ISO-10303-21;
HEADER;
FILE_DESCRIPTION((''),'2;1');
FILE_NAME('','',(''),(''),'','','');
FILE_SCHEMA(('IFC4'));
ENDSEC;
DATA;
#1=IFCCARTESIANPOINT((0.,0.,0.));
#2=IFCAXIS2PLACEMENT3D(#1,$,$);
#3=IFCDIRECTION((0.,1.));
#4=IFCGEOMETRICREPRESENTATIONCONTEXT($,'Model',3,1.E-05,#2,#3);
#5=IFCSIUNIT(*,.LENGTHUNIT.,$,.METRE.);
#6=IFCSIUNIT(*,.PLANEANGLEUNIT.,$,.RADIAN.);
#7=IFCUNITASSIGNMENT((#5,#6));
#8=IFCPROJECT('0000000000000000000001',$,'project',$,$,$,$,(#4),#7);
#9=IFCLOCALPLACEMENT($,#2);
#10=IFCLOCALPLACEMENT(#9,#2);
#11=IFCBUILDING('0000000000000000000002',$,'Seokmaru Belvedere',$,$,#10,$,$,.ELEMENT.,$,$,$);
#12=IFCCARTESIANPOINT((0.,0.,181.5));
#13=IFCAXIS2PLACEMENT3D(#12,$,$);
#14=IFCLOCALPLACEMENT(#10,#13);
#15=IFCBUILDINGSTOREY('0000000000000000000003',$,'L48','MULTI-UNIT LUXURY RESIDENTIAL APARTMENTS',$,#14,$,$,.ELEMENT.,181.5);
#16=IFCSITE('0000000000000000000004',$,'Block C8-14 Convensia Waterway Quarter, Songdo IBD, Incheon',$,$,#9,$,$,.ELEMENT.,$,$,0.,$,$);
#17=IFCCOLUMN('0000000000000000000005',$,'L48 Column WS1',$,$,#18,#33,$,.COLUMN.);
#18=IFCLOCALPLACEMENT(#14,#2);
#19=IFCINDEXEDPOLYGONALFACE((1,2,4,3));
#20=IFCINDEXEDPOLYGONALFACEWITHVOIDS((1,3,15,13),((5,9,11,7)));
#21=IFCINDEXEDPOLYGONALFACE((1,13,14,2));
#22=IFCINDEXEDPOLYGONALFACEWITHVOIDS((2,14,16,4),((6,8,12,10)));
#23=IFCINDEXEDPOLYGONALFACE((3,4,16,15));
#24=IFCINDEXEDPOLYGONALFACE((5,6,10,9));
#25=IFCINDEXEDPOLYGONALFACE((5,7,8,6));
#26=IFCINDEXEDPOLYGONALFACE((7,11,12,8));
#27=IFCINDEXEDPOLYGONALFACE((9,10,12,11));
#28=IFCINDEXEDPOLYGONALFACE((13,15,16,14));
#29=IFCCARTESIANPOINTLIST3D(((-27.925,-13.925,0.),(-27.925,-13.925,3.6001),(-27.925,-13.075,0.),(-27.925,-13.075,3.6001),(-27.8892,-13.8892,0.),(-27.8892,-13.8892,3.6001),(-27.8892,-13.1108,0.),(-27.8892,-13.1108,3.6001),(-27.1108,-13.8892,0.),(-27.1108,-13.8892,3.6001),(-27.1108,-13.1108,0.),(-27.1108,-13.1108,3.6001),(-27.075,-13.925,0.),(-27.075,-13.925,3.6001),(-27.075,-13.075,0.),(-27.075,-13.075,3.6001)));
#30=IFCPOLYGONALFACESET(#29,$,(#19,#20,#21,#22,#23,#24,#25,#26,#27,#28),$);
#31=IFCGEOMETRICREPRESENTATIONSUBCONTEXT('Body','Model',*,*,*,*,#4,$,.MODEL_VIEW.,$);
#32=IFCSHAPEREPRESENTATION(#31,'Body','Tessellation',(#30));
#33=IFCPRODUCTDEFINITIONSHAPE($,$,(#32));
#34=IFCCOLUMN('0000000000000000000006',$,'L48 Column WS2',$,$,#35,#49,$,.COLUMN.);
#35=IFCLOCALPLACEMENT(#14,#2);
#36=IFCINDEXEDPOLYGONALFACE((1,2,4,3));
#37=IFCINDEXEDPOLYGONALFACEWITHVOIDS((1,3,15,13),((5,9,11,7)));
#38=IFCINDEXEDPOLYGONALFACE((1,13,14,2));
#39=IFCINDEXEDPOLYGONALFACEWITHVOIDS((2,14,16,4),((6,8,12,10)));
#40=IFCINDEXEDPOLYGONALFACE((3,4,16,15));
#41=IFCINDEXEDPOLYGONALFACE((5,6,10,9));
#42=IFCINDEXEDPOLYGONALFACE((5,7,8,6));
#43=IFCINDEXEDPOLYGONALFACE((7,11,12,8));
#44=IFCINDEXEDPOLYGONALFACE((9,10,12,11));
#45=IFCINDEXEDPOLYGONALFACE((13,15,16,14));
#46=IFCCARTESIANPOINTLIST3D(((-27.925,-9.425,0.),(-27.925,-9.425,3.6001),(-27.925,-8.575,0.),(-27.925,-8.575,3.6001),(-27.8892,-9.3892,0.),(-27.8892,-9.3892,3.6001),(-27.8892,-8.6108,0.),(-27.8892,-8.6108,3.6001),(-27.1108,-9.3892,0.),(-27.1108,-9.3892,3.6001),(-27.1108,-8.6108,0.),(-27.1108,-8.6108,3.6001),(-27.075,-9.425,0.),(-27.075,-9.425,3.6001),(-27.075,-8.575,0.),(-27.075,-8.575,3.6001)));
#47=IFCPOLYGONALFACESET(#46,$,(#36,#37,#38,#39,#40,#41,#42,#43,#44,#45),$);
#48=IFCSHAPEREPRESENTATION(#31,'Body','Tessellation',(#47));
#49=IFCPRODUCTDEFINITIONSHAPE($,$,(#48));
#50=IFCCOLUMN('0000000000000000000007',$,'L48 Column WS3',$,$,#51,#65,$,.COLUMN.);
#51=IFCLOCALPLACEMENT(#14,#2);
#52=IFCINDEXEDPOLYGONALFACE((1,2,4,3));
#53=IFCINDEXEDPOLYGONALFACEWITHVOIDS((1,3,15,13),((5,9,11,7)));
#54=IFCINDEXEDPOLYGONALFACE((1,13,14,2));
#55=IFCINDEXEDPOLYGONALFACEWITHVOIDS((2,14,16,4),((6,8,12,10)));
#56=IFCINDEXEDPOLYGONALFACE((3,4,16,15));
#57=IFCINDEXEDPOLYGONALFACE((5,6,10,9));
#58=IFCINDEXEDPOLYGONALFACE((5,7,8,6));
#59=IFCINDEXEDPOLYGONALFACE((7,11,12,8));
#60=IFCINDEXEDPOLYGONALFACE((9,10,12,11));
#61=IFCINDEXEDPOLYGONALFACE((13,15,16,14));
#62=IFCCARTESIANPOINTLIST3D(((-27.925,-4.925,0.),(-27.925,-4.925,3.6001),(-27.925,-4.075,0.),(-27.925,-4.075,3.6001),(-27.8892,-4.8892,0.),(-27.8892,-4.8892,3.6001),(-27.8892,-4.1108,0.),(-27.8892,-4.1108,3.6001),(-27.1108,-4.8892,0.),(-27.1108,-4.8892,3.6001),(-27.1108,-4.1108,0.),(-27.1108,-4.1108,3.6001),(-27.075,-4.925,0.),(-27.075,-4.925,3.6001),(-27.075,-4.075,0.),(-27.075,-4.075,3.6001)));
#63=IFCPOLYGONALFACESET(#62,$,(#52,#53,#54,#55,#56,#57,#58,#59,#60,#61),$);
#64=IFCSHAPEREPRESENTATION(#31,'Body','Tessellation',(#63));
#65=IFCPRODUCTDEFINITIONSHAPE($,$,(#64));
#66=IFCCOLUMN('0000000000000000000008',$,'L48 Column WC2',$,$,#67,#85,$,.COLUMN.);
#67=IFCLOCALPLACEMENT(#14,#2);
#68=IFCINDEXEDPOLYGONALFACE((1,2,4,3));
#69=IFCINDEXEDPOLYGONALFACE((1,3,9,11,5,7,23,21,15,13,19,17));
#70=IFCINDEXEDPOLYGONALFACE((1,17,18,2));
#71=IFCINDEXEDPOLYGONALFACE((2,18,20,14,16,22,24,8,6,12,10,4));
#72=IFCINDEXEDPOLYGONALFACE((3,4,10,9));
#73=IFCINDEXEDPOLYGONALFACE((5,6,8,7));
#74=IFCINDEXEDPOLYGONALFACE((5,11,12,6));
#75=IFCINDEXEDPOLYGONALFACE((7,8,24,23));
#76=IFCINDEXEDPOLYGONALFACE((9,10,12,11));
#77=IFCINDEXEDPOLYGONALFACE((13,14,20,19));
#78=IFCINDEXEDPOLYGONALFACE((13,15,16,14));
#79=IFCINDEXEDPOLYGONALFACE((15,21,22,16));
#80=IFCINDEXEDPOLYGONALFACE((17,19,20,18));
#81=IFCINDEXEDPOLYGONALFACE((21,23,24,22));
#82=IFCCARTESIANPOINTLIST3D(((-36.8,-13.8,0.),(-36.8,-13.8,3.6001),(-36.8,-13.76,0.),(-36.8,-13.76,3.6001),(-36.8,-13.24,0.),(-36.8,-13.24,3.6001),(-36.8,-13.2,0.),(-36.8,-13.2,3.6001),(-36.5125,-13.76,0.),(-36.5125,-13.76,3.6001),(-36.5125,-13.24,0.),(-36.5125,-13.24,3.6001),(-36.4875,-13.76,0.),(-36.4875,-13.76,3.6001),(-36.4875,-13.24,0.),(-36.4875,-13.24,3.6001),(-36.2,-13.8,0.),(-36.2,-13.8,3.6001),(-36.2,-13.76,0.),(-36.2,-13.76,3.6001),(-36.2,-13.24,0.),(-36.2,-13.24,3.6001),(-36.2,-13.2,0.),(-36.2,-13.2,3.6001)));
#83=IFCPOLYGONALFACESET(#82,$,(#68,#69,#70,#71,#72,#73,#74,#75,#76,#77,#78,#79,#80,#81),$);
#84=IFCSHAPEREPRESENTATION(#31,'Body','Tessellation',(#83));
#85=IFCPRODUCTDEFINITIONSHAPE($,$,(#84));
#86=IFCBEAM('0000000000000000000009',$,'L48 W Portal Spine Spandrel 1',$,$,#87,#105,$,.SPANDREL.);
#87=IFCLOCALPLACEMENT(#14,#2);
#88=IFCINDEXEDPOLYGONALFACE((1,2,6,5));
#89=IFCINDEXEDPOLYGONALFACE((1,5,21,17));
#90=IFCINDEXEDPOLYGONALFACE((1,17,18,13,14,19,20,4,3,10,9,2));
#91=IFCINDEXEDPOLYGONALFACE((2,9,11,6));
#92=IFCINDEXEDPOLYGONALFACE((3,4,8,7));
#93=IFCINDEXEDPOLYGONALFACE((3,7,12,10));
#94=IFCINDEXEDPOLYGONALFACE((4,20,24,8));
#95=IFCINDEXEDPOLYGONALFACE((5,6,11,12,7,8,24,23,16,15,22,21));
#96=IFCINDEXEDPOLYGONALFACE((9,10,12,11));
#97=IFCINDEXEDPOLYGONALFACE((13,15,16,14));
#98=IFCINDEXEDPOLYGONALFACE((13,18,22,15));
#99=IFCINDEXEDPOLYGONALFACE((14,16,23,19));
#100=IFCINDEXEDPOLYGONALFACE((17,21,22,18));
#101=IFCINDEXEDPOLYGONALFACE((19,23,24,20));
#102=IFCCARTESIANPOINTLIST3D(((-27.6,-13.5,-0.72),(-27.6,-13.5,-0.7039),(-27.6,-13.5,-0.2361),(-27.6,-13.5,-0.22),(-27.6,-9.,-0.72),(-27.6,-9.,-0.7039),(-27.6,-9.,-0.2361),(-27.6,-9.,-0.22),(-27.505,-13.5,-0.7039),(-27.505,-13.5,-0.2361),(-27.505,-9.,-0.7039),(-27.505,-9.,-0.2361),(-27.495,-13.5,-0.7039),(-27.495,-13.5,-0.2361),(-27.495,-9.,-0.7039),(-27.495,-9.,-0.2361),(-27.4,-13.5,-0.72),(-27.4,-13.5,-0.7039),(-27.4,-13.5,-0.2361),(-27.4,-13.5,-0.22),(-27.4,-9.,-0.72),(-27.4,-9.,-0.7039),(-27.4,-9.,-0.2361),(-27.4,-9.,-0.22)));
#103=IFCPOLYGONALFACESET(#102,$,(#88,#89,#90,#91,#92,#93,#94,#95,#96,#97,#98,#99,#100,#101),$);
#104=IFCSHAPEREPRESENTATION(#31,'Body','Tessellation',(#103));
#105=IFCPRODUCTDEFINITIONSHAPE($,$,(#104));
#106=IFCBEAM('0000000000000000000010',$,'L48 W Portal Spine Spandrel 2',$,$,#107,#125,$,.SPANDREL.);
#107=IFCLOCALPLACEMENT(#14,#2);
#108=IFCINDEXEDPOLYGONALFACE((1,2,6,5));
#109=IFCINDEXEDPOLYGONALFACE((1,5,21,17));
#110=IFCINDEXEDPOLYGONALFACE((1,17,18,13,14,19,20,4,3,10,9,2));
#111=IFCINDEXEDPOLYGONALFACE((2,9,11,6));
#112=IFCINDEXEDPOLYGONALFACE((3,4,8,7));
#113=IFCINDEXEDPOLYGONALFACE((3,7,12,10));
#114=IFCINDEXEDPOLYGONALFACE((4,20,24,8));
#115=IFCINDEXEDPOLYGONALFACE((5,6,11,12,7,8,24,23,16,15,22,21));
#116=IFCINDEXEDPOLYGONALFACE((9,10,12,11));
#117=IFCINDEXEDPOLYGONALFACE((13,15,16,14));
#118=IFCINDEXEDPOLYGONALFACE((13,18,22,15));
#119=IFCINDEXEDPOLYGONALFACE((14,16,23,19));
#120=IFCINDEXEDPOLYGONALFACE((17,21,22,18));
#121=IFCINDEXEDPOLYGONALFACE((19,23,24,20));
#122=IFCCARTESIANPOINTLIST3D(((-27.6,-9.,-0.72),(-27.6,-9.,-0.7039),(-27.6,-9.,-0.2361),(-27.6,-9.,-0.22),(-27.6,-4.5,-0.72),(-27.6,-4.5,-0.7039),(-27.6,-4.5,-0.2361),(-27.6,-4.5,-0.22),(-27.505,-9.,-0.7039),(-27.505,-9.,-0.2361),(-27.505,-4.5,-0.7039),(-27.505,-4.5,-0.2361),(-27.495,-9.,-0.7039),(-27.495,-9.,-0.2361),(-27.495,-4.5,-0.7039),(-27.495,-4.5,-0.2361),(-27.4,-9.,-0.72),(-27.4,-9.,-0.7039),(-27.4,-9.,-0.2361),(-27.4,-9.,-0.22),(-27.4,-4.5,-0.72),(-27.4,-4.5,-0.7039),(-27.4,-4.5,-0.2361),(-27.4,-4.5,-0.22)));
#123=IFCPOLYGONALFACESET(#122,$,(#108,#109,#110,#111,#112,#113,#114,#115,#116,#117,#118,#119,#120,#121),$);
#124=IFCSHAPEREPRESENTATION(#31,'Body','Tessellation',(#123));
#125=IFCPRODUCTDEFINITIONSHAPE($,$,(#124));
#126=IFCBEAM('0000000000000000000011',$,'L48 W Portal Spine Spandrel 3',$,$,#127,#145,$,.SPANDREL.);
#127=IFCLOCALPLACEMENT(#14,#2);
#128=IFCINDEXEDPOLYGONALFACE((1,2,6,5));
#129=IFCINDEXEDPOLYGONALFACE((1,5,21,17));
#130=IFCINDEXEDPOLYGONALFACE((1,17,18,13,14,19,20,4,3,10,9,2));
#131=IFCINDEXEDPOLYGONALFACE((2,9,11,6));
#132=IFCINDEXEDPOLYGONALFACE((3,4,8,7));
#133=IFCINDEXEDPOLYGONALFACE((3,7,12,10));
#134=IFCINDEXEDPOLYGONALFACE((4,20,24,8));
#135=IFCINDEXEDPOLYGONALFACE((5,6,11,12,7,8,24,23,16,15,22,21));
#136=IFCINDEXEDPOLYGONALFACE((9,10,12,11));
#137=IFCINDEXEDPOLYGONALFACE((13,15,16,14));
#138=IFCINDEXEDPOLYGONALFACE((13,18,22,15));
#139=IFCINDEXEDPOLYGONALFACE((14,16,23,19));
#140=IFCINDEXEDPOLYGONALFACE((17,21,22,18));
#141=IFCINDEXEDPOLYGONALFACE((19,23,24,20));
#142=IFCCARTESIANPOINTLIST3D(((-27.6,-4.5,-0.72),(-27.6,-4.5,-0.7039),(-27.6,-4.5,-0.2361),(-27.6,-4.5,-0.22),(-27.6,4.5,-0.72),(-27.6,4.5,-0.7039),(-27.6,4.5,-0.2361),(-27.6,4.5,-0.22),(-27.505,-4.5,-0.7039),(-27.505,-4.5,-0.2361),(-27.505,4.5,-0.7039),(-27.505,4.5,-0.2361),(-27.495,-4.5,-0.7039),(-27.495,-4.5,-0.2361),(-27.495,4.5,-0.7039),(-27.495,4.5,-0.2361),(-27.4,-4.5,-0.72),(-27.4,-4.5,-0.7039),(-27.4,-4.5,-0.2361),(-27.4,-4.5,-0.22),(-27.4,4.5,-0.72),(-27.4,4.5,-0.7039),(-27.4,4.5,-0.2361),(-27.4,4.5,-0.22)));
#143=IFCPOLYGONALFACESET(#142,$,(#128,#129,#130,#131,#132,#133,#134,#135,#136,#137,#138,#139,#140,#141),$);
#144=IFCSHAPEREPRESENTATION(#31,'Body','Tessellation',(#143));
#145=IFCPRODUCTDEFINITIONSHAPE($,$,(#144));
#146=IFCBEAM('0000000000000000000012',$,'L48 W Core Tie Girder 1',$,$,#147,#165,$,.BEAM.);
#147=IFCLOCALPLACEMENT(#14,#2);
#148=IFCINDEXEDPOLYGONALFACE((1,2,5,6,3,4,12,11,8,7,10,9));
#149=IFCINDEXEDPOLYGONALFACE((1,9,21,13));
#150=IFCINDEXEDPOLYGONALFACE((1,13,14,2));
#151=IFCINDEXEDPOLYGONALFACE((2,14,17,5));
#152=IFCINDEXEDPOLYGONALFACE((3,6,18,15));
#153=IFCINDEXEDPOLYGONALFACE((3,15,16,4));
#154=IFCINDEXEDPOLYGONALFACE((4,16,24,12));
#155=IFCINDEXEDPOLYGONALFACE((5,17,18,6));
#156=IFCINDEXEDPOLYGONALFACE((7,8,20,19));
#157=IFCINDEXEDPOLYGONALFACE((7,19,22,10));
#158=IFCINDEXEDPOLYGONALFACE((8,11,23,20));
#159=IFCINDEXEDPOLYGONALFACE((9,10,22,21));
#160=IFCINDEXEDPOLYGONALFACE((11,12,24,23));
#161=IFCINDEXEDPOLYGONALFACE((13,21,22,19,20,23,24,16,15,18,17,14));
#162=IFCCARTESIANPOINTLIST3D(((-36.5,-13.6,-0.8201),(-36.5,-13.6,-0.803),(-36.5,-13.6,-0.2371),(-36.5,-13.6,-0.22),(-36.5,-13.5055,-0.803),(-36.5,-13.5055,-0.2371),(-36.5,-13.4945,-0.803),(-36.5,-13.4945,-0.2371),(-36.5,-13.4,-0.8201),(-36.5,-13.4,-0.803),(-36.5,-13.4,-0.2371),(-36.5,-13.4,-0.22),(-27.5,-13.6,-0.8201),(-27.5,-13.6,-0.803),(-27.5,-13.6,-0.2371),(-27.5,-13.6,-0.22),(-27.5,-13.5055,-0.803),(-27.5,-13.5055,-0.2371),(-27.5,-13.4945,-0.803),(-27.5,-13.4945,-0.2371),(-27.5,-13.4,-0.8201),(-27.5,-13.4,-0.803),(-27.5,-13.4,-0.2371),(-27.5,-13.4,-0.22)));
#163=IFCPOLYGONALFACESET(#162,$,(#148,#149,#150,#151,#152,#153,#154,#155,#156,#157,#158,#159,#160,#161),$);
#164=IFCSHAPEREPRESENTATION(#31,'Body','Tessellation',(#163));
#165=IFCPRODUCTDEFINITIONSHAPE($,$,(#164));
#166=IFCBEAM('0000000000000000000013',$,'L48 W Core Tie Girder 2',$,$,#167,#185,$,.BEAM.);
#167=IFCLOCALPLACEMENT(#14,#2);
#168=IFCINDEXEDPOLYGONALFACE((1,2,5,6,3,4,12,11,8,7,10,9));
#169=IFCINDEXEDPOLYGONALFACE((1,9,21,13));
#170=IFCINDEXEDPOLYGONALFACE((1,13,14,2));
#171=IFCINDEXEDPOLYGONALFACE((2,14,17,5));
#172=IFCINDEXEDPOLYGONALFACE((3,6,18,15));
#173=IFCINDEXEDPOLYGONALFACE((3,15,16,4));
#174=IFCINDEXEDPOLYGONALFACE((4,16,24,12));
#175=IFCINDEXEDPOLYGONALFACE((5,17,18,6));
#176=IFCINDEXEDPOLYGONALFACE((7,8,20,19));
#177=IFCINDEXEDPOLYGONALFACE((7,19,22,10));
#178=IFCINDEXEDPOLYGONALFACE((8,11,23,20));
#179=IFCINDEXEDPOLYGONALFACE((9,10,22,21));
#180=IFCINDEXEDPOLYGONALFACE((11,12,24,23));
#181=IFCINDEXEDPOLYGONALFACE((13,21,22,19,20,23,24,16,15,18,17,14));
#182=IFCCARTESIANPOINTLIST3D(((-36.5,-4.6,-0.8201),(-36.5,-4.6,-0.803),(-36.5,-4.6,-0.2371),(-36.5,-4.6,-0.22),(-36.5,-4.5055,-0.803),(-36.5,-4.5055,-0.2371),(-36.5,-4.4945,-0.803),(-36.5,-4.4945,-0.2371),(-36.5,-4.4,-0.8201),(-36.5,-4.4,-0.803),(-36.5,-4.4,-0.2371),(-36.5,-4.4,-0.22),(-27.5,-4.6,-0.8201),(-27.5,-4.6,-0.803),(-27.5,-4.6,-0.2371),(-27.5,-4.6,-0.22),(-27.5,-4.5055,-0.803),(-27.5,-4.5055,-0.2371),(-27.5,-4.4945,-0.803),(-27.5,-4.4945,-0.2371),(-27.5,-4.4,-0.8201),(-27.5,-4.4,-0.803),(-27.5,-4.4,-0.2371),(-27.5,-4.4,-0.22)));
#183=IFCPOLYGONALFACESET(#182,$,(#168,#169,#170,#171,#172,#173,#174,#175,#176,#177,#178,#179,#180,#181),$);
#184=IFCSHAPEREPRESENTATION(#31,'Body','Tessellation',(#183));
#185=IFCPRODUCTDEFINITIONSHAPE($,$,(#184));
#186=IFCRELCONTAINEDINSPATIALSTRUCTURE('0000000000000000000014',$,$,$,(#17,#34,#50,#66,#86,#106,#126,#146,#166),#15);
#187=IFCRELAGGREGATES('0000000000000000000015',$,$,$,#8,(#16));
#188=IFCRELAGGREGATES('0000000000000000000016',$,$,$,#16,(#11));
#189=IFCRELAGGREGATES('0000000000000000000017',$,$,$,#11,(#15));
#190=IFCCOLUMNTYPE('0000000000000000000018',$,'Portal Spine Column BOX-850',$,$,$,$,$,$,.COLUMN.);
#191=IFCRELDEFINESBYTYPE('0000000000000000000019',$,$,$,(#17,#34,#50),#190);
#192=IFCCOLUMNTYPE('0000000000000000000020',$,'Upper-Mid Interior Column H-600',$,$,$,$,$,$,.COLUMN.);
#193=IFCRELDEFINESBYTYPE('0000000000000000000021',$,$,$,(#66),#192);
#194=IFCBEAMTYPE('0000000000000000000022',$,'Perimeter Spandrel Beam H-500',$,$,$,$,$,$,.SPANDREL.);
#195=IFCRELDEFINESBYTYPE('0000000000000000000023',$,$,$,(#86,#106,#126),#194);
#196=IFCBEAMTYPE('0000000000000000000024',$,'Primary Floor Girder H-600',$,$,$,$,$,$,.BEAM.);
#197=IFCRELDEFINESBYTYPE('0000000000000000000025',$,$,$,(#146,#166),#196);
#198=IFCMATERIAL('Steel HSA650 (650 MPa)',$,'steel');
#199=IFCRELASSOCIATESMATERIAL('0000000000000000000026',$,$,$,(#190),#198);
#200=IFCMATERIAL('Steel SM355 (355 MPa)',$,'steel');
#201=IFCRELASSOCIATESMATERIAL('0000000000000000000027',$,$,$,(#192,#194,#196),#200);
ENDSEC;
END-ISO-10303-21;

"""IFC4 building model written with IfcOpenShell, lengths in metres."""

from ifc_helpers import new_model, si_unit, direction, frame, origin, origin_2d, place, context, subcontext, project, spatial, hollow_rectangle, i_section, extrude, source, transform, mapped, material, material_profile, profile_set, type_object, type_shapes, element, save


model = new_model("IFC4")

# Units and contexts
model_context = context("Model", 3, precision=1e-05, world=origin(), true_north=direction((0.0, 1.0)))
body_context = subcontext(model_context, "Body", "Model", "MODEL_VIEW")
ifc_project = project(units=[si_unit("LENGTHUNIT", "METRE"), si_unit("PLANEANGLEUNIT", "RADIAN")], contexts=[model_context])

# Site, building, storey
site_placement = place(None, origin())
site = spatial("IfcSite", under=ifc_project, at=site_placement, Name="Block C8-14 Convensia Waterway Quarter, Songdo IBD, Incheon", CompositionType="ELEMENT", RefElevation=0.0)
building_placement = place(site_placement, origin())
building = spatial("IfcBuilding", under=site, at=building_placement, Name="Seokmaru Belvedere", CompositionType="ELEMENT")
storey_placement = place(building_placement, frame((0.0, 0.0, 181.5)))
storey = spatial("IfcBuildingStorey", under=building, at=storey_placement, Name="L48", Description="MULTI-UNIT LUXURY RESIDENTIAL APARTMENTS", CompositionType="ELEMENT", Elevation=181.5)

# Columns
ifc_material_1 = material(Name="Steel HSA650 (650 MPa)", Category="steel")
ifc_material_profile_1 = material_profile(ifc_material_1, hollow_rectangle(XDim=0.8501, YDim=0.8501, WallThickness=0.0359, at=origin_2d()), Name="BOX-850x850x36")
ifc_profile_set_1 = profile_set([ifc_material_profile_1], Name="Steel HSA650 (650 MPa)")
column_type_1 = type_object("IfcColumnType", Name="Portal Spine Column BOX-850", PredefinedType="COLUMN", material=ifc_profile_set_1)
shared_shape_1 = source(origin(), body_context, "Body", "SweptSolid", [
    extrude(hollow_rectangle(XDim=0.8501, YDim=0.8501, WallThickness=0.0359, at=origin_2d()), origin(), (0.0, 0.0, 1.0), 3.6001),
])
type_shapes(column_type_1, [shared_shape_1])
for number, where, z_axis, x_axis, name in (
    (1, (-27.5, -13.5, 0.0), (0.0, 0.0, 1.0), (1.0, 0.0, 0.0), "L48 Column WS1"),
    (2, (-27.5, -9.0, 0.0), (0.0, 0.0, 1.0), (1.0, 0.0, 0.0), "L48 Column WS2"),
    (3, (-27.5, -4.5, 0.0), (0.0, 0.0, 1.0), (1.0, 0.0, 0.0), "L48 Column WS3"),
):
    element("IfcColumn", number, at=place(storey_placement, frame(where, z_axis=z_axis, x_axis=x_axis)), inside=storey, type_object=column_type_1, Name=name, PredefinedType="COLUMN", context=body_context, shape_type="MappedRepresentation", body=[
        mapped(shared_shape_1, transform((0.0, 0.0, 0.0), scale=1.0)),
    ])
ifc_material_2 = material(Name="Steel SM355 (355 MPa)", Category="steel")
ifc_material_profile_2 = material_profile(ifc_material_2, i_section(OverallWidth=0.6001, OverallDepth=0.6001, WebThickness=0.0249, FlangeThickness=0.04, at=origin_2d()), Name="H-600x600x25x40")
ifc_profile_set_2 = profile_set([ifc_material_profile_2], Name="Steel SM355 (355 MPa)")
column_type_2 = type_object("IfcColumnType", Name="Upper-Mid Interior Column H-600", PredefinedType="COLUMN", material=ifc_profile_set_2)
shared_shape_2 = source(origin(), body_context, "Body", "SweptSolid", [
    extrude(i_section(OverallWidth=0.6001, OverallDepth=0.6001, WebThickness=0.0249, FlangeThickness=0.04, at=origin_2d()), origin(), (0.0, 0.0, 1.0), 3.6001),
])
type_shapes(column_type_2, [shared_shape_2])
column_placement = place(storey_placement, frame((-36.5, -13.5, 0.0), z_axis=(0.0, 0.0, 1.0), x_axis=(1.0, 0.0, 0.0)))
element("IfcColumn", 4, at=column_placement, inside=storey, type_object=column_type_2, Name="L48 Column WC2", PredefinedType="COLUMN", context=body_context, shape_type="MappedRepresentation", body=[
    mapped(shared_shape_2, transform((0.0, 0.0, 0.0), scale=1.0)),
])

# Beams
ifc_material_profile_3 = material_profile(ifc_material_2, i_section(OverallWidth=0.2, OverallDepth=0.5, WebThickness=0.01, FlangeThickness=0.0161, at=origin_2d()), Name="H-500x200x10x16")
ifc_profile_set_3 = profile_set([ifc_material_profile_3], Name="Steel SM355 (355 MPa)")
beam_type_1 = type_object("IfcBeamType", Name="Perimeter Spandrel Beam H-500", PredefinedType="SPANDREL", material=ifc_profile_set_3)
shared_shape_3 = source(origin(), body_context, "Body", "SweptSolid", [
    extrude(i_section(OverallWidth=0.2, OverallDepth=0.5, WebThickness=0.01, FlangeThickness=0.0161, at=origin_2d()), origin(), (0.0, 0.0, 1.0), 4.5),
])
for number, where, z_axis, x_axis, name in (
    (5, (-27.5, -13.5, -0.47), (0.0, 1.0, 0.0), (-1.0, 0.0, 0.0), "L48 W Portal Spine Spandrel 1"),
    (6, (-27.5, -9.0, -0.47), (0.0, 1.0, 0.0), (-1.0, 0.0, 0.0), "L48 W Portal Spine Spandrel 2"),
):
    element("IfcBeam", number, at=place(storey_placement, frame(where, z_axis=z_axis, x_axis=x_axis)), inside=storey, type_object=beam_type_1, Name=name, PredefinedType="SPANDREL", context=body_context, shape_type="MappedRepresentation", body=[
        mapped(shared_shape_3, transform((0.0, 0.0, 0.0), scale=1.0)),
    ])
shared_shape_4 = source(origin(), body_context, "Body", "SweptSolid", [
    extrude(i_section(OverallWidth=0.2, OverallDepth=0.5, WebThickness=0.01, FlangeThickness=0.0161, at=origin_2d()), origin(), (0.0, 0.0, 1.0), 9.0),
])
type_shapes(beam_type_1, [shared_shape_3, shared_shape_4])
beam_1_placement = place(storey_placement, frame((-27.5, -4.5, -0.47), z_axis=(0.0, 1.0, 0.0), x_axis=(-1.0, 0.0, 0.0)))
element("IfcBeam", 7, at=beam_1_placement, inside=storey, type_object=beam_type_1, Name="L48 W Portal Spine Spandrel 3", PredefinedType="SPANDREL", context=body_context, shape_type="MappedRepresentation", body=[
    mapped(shared_shape_4, transform((0.0, 0.0, 0.0), scale=1.0)),
])
ifc_material_profile_4 = material_profile(ifc_material_2, i_section(OverallWidth=0.2, OverallDepth=0.6001, WebThickness=0.011, FlangeThickness=0.0171, at=origin_2d()), Name="H-600x200x11x17")
ifc_profile_set_4 = profile_set([ifc_material_profile_4], Name="Steel SM355 (355 MPa)")
beam_type_2 = type_object("IfcBeamType", Name="Primary Floor Girder H-600", PredefinedType="BEAM", material=ifc_profile_set_4)
shared_shape_5 = source(origin(), body_context, "Body", "SweptSolid", [
    extrude(i_section(OverallWidth=0.2, OverallDepth=0.6001, WebThickness=0.011, FlangeThickness=0.0171, at=origin_2d()), origin(), (0.0, 0.0, 1.0), 9.0),
])
type_shapes(beam_type_2, [shared_shape_5])
for number, where, z_axis, x_axis, name in (
    (8, (-36.5, -13.5, -0.52), (1.0, 0.0, 0.0), (0.0, 1.0, 0.0), "L48 W Core Tie Girder 1"),
    (9, (-36.5, -4.5, -0.52), (1.0, 0.0, 0.0), (0.0, 1.0, 0.0), "L48 W Core Tie Girder 2"),
):
    element("IfcBeam", number, at=place(storey_placement, frame(where, z_axis=z_axis, x_axis=x_axis)), inside=storey, type_object=beam_type_2, Name=name, PredefinedType="BEAM", context=body_context, shape_type="MappedRepresentation", body=[
        mapped(shared_shape_5, transform((0.0, 0.0, 0.0), scale=1.0)),
    ])

save(model, "model.ifc")
